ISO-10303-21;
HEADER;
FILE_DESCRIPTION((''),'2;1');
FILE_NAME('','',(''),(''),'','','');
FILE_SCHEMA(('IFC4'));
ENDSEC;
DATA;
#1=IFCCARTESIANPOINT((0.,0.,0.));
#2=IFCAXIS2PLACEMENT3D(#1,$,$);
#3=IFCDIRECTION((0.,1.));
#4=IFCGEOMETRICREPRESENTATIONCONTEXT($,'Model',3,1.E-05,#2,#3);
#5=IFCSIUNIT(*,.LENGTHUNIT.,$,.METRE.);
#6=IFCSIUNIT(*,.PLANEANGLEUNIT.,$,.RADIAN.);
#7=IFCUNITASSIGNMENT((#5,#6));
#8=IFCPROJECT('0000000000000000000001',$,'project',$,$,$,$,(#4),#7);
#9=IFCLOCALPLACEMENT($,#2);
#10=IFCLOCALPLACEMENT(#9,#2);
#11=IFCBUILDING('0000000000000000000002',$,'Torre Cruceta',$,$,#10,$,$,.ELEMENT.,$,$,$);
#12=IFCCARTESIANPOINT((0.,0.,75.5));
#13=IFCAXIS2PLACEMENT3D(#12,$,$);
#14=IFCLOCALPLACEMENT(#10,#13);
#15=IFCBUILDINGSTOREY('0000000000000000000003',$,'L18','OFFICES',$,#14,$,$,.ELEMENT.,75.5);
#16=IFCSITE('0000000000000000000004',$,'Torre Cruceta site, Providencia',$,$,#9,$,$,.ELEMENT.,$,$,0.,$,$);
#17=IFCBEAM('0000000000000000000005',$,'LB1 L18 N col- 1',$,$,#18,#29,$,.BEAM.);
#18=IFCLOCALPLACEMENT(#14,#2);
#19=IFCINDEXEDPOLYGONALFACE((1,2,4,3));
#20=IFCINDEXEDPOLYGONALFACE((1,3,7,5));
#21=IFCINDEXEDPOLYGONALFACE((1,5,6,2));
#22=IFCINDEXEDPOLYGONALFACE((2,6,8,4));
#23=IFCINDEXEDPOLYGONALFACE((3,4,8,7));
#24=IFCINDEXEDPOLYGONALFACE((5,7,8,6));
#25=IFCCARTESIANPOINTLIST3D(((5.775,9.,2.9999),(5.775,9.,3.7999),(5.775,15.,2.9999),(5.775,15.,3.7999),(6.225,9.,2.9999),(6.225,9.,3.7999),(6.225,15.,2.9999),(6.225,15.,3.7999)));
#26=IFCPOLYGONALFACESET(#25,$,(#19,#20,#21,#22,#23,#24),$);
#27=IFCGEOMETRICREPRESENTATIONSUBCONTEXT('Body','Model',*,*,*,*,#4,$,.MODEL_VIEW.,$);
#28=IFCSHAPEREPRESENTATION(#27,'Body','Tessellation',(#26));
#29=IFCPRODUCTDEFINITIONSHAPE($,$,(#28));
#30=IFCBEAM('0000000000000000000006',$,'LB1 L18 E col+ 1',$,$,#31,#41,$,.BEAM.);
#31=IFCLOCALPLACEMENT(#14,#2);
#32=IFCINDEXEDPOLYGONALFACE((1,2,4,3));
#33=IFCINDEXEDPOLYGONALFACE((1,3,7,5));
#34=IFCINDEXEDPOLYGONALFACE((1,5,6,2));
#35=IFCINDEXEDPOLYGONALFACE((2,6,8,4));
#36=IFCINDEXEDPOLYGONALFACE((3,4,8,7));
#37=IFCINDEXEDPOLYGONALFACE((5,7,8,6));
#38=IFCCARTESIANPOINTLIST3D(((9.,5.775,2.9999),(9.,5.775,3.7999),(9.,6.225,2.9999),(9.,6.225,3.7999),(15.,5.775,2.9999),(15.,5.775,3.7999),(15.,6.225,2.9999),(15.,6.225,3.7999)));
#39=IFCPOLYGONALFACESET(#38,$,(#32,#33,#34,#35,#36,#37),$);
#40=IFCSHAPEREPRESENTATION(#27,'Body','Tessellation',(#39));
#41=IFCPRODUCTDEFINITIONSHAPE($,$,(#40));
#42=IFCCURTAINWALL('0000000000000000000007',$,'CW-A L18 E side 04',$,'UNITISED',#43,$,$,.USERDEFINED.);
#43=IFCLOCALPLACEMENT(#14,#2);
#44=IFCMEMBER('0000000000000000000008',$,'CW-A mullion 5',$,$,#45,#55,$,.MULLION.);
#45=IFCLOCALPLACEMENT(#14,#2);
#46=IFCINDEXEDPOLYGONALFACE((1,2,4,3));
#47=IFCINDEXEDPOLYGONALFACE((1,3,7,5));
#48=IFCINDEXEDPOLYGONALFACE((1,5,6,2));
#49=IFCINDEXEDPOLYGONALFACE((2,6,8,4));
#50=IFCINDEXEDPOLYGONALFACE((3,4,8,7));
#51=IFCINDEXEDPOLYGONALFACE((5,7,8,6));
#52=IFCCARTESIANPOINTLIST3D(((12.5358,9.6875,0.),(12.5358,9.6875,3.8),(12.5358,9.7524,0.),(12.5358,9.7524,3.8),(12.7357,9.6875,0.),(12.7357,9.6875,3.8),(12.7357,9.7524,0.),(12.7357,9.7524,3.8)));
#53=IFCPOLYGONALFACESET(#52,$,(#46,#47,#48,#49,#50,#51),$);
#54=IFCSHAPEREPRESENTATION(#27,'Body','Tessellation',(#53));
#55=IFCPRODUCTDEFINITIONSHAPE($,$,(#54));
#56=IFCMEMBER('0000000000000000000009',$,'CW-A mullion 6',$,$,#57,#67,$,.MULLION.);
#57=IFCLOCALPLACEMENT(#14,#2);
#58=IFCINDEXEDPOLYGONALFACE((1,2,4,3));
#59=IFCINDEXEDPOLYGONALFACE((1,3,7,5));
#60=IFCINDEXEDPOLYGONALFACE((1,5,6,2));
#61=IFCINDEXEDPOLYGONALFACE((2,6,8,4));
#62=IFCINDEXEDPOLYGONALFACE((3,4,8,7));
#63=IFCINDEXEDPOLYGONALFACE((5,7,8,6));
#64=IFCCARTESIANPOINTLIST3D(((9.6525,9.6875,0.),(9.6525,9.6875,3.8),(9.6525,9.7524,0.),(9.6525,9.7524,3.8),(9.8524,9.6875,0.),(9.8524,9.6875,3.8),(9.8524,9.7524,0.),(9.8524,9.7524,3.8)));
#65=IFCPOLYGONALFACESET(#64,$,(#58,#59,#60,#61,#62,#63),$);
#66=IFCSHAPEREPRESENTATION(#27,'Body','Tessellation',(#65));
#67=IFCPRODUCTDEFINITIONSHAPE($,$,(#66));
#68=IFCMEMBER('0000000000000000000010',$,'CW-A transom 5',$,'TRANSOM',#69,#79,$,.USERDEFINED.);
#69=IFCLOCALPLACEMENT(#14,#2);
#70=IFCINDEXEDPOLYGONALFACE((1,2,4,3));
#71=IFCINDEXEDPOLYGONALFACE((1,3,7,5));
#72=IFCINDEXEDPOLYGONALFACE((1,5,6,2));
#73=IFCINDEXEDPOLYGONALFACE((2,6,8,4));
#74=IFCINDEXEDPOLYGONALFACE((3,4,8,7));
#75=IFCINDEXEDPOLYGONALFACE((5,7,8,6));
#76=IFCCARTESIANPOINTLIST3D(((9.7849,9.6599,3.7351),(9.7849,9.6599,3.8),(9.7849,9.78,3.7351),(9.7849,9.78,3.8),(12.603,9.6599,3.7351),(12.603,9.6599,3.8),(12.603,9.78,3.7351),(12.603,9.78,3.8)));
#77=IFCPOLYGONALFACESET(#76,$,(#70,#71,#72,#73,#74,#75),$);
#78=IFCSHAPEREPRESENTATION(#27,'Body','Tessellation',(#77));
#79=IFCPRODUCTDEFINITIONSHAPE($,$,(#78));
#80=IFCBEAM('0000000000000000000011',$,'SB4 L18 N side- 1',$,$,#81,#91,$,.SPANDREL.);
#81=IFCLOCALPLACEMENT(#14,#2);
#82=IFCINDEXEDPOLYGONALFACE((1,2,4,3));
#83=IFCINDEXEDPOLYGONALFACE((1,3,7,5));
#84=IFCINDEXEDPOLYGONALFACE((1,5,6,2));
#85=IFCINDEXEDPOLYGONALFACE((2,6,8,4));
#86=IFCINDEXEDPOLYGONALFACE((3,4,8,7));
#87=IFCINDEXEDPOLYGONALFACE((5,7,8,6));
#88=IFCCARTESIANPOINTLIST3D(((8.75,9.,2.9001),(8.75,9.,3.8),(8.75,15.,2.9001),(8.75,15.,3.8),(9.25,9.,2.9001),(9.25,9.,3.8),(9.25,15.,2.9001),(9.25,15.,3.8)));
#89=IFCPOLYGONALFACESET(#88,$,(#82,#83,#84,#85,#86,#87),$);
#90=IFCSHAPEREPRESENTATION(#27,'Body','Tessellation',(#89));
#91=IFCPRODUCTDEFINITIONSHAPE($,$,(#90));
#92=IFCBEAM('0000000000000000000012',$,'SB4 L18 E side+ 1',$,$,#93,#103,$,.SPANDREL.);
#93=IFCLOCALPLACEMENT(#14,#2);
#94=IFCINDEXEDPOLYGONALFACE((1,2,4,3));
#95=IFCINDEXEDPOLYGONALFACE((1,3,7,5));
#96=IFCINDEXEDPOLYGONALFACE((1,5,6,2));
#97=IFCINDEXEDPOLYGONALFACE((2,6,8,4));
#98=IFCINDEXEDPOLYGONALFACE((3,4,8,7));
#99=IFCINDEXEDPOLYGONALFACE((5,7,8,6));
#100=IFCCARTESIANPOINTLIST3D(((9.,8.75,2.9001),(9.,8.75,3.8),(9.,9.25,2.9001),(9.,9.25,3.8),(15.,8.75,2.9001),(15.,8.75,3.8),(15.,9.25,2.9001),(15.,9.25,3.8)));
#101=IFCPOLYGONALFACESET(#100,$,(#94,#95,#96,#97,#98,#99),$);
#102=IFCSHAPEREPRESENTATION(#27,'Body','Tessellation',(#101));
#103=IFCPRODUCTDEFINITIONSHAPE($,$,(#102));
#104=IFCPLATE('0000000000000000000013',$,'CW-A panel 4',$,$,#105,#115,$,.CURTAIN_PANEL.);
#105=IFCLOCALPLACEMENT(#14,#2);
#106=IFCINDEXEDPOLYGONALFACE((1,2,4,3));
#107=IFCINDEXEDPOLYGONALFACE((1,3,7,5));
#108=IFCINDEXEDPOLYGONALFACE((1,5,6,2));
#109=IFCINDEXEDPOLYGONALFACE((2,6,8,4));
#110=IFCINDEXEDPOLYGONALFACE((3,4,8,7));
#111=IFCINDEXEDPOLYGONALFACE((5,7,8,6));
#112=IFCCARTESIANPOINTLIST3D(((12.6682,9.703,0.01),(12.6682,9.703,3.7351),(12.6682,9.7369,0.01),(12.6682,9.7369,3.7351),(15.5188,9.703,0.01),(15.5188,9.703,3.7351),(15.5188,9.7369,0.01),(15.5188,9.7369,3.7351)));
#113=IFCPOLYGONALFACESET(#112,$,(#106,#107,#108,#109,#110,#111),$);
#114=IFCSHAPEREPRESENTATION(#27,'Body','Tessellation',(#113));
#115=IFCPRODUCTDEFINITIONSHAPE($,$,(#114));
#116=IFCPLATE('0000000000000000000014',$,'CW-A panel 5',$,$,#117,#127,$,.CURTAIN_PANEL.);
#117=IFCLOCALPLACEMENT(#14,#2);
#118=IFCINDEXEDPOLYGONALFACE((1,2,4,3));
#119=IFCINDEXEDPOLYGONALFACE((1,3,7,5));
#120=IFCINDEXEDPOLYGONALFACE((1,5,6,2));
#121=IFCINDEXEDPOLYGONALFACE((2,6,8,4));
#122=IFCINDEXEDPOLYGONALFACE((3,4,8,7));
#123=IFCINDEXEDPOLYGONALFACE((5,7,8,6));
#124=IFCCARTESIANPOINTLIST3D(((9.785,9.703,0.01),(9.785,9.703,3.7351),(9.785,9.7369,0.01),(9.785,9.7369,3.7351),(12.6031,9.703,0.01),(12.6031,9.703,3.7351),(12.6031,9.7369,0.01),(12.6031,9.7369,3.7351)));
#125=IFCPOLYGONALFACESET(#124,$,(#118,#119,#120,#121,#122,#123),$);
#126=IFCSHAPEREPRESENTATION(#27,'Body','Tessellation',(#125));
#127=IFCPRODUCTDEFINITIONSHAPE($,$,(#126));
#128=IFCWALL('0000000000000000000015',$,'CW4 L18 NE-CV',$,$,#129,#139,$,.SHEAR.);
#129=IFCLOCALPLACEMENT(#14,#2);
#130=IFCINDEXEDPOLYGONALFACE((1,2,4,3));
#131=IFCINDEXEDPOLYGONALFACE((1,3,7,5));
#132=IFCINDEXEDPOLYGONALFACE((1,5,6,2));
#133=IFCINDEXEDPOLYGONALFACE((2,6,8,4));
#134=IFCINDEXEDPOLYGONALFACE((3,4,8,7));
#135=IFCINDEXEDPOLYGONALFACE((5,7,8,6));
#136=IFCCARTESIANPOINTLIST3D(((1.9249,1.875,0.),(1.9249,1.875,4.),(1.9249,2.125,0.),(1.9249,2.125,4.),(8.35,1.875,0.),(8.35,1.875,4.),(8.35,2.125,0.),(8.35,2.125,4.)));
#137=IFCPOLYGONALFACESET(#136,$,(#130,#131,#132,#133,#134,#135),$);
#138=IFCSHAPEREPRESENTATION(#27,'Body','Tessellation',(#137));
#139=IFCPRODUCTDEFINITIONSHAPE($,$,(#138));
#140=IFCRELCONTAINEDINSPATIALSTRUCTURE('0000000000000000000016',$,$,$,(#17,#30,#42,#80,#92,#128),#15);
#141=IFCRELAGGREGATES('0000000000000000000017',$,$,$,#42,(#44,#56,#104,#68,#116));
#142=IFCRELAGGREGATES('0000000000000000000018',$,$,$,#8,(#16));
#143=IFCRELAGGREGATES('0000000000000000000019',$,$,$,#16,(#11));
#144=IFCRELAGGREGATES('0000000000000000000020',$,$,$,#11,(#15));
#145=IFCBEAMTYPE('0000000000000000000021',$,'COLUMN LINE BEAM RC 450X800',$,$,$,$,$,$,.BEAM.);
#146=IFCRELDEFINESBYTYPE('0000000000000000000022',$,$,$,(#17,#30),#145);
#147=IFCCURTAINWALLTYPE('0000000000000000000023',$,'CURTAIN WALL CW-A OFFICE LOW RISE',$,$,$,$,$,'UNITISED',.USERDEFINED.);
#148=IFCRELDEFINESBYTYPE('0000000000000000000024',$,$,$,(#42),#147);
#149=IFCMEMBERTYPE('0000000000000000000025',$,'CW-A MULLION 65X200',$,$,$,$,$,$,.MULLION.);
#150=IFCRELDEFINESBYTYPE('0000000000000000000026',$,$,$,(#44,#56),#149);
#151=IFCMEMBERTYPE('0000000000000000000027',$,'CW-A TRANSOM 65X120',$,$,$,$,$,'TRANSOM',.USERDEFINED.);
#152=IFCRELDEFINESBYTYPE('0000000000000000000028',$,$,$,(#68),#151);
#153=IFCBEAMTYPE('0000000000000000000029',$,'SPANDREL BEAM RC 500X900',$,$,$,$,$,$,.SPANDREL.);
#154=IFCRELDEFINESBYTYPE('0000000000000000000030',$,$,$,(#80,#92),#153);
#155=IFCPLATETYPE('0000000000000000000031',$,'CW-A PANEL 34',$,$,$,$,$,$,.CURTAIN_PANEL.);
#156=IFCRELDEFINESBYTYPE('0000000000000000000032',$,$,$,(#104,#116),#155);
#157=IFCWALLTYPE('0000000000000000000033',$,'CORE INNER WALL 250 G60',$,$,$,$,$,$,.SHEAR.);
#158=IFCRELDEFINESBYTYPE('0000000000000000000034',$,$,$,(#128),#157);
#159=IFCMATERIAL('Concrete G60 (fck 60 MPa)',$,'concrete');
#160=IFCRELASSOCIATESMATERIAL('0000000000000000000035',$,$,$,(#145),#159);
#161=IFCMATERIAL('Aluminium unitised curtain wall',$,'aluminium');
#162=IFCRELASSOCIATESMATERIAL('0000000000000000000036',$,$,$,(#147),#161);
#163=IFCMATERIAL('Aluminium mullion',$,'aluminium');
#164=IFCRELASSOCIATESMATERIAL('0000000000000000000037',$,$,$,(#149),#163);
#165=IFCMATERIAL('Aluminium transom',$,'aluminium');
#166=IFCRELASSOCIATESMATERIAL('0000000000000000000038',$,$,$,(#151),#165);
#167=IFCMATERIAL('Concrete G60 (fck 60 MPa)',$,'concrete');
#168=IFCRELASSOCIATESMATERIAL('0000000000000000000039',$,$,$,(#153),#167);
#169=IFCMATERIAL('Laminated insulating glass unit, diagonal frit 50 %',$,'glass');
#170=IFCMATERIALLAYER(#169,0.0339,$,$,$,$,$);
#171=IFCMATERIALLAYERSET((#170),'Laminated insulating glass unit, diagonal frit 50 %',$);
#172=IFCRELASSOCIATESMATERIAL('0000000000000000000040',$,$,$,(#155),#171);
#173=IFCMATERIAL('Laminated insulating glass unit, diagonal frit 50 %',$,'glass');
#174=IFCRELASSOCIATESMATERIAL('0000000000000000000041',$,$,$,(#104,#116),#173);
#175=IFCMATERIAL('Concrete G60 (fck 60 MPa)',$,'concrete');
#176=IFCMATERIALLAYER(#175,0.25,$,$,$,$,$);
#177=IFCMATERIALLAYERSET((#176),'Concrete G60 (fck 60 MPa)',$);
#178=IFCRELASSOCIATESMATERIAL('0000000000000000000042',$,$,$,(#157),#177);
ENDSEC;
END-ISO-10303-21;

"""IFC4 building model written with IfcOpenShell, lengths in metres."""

from ifc_helpers import new_model, si_unit, direction, frame, frame_2d, origin, origin_2d, place, context, subcontext, project, spatial, rectangle, extrude, material, layer, layer_set, material_profile, profile_set, type_object, element, aggregate, save


model = new_model("IFC4")

# Units and contexts
model_context = context("Model", 3, precision=1e-05, world=origin(), true_north=direction((0.0, 1.0)))
body_context = subcontext(model_context, "Body", "Model", "MODEL_VIEW")
ifc_project = project(units=[si_unit("LENGTHUNIT", "METRE"), si_unit("PLANEANGLEUNIT", "RADIAN")], contexts=[model_context])

# Site, building, storey
site_placement = place(None, origin())
site = spatial("IfcSite", under=ifc_project, at=site_placement, Name="Torre Cruceta site, Providencia", CompositionType="ELEMENT", RefElevation=0.0)
building_placement = place(site_placement, origin())
building = spatial("IfcBuilding", under=site, at=building_placement, Name="Torre Cruceta", CompositionType="ELEMENT")
storey_placement = place(building_placement, frame((0.0, 0.0, 75.5)))
storey = spatial("IfcBuildingStorey", under=building, at=storey_placement, Name="L18", Description="OFFICES", CompositionType="ELEMENT", Elevation=75.5)

# Beams
ifc_material_1 = material(Name="Concrete G60 (fck 60 MPa)", Category="concrete")
ifc_material_profile_1 = material_profile(ifc_material_1, rectangle(XDim=0.45, YDim=0.8, at=origin_2d()), Name="RC 450X800")
ifc_profile_set_1 = profile_set([ifc_material_profile_1], Name="Concrete G60 (fck 60 MPa)")
beam_type_1 = type_object("IfcBeamType", Name="COLUMN LINE BEAM RC 450X800", PredefinedType="BEAM", material=ifc_profile_set_1)
for number, where, z_axis, x_axis, name in (
    (1, (6.0, 9.0, 3.3999), (0.0, 1.0, 0.0), (-1.0, 0.0, 0.0), "LB1 L18 N col- 1"),
    (2, (9.0, 6.0, 3.3999), (1.0, 0.0, 0.0), (0.0, 1.0, 0.0), "LB1 L18 E col+ 1"),
):
    element("IfcBeam", number, at=place(storey_placement, frame(where, z_axis=z_axis, x_axis=x_axis)), inside=storey, type_object=beam_type_1, Name=name, PredefinedType="BEAM", context=body_context, shape_type="SweptSolid", body=[
        extrude(rectangle(XDim=0.45, YDim=0.8, at=origin_2d()), origin(), (0.0, 0.0, 1.0), 6.0),
    ])

# Curtain wall, members
ifc_material_2 = material(Name="Aluminium unitised curtain wall", Category="aluminium")
curtain_wall_type = type_object("IfcCurtainWallType", Name="CURTAIN WALL CW-A OFFICE LOW RISE", ElementType="UNITISED", PredefinedType="USERDEFINED", material=ifc_material_2)
curtain_wall_placement = place(storey_placement, origin())
curtain_wall = element("IfcCurtainWall", 3, at=curtain_wall_placement, inside=storey, type_object=curtain_wall_type, Name="CW-A L18 E side 04", ObjectType="UNITISED", PredefinedType="USERDEFINED")
ifc_material_3 = material(Name="Aluminium mullion", Category="aluminium")
ifc_material_profile_2 = material_profile(ifc_material_3, rectangle(XDim=0.0649, YDim=0.2, at=origin_2d()), Name="AL 65X200")
ifc_profile_set_2 = profile_set([ifc_material_profile_2], Name="Aluminium mullion")
member_type_1 = type_object("IfcMemberType", Name="CW-A MULLION 65X200", PredefinedType="MULLION", material=ifc_profile_set_2)
member_1_placement = place(storey_placement, frame((12.6357, 9.72, 0.0), z_axis=(0.0, 0.0, 1.0), x_axis=(0.0, -1.0, 0.0)))
member_1 = element("IfcMember", 4, at=member_1_placement, type_object=member_type_1, Name="CW-A mullion 5", PredefinedType="MULLION", context=body_context, shape_type="SweptSolid", body=[
    extrude(rectangle(XDim=0.0649, YDim=0.2, at=origin_2d()), origin(), (0.0, 0.0, 1.0), 3.8),
])
member_2_placement = place(storey_placement, frame((9.7524, 9.72, 0.0), z_axis=(0.0, 0.0, 1.0), x_axis=(0.0, -1.0, 0.0)))
member_2 = element("IfcMember", 5, at=member_2_placement, type_object=member_type_1, Name="CW-A mullion 6", PredefinedType="MULLION", context=body_context, shape_type="SweptSolid", body=[
    extrude(rectangle(XDim=0.0649, YDim=0.2, at=origin_2d()), origin(), (0.0, 0.0, 1.0), 3.8),
])
ifc_material_4 = material(Name="Aluminium transom", Category="aluminium")
ifc_material_profile_3 = material_profile(ifc_material_4, rectangle(XDim=0.1201, YDim=0.0649, at=origin_2d()), Name="AL 120X65")
ifc_profile_set_3 = profile_set([ifc_material_profile_3], Name="Aluminium transom")
member_type_2 = type_object("IfcMemberType", Name="CW-A TRANSOM 65X120", ElementType="TRANSOM", PredefinedType="USERDEFINED", material=ifc_profile_set_3)
member_3_placement = place(storey_placement, frame((12.603, 9.72, 3.7676), z_axis=(-1.0, 0.0, 0.0), x_axis=(0.0, -1.0, 0.0)))
member_3 = element("IfcMember", 6, at=member_3_placement, type_object=member_type_2, Name="CW-A transom 5", ObjectType="TRANSOM", PredefinedType="USERDEFINED", context=body_context, shape_type="SweptSolid", body=[
    extrude(rectangle(XDim=0.1201, YDim=0.0649, at=origin_2d()), origin(), (0.0, 0.0, 1.0), 2.8181),
])

# Beams
ifc_material_5 = material(Name="Concrete G60 (fck 60 MPa)", Category="concrete")
ifc_material_profile_4 = material_profile(ifc_material_5, rectangle(XDim=0.5, YDim=0.8999, at=origin_2d()), Name="RC 500X900")
ifc_profile_set_4 = profile_set([ifc_material_profile_4], Name="Concrete G60 (fck 60 MPa)")
beam_type_2 = type_object("IfcBeamType", Name="SPANDREL BEAM RC 500X900", PredefinedType="SPANDREL", material=ifc_profile_set_4)
for number, where, z_axis, x_axis, name in (
    (7, (9.0, 9.0, 3.3501), (0.0, 1.0, 0.0), (-1.0, 0.0, 0.0), "SB4 L18 N side- 1"),
    (8, (9.0, 9.0, 3.3501), (1.0, 0.0, 0.0), (0.0, 1.0, 0.0), "SB4 L18 E side+ 1"),
):
    element("IfcBeam", number, at=place(storey_placement, frame(where, z_axis=z_axis, x_axis=x_axis)), inside=storey, type_object=beam_type_2, Name=name, PredefinedType="SPANDREL", context=body_context, shape_type="SweptSolid", body=[
        extrude(rectangle(XDim=0.5, YDim=0.8999, at=origin_2d()), origin(), (0.0, 0.0, 1.0), 6.0),
    ])

# Plates
ifc_material_6 = material(Name="Laminated insulating glass unit, diagonal frit 50 %", Category="glass")
ifc_material_7 = material(Name="Laminated insulating glass unit, diagonal frit 50 %", Category="glass")
ifc_layer_1 = layer(ifc_material_7, 0.0339)
ifc_layer_set_1 = layer_set([ifc_layer_1], Name="Laminated insulating glass unit, diagonal frit 50 %")
plate_type = type_object("IfcPlateType", Name="CW-A PANEL 34", PredefinedType="CURTAIN_PANEL", material=ifc_layer_set_1)
plate_1_placement = place(storey_placement, frame((14.0935, 9.72, 0.01), z_axis=(0.0, 0.0, 1.0), x_axis=(-1.0, 0.0, 0.0)))
plate_1 = element("IfcPlate", 9, at=plate_1_placement, type_object=plate_type, material=ifc_material_6, Name="CW-A panel 4", PredefinedType="CURTAIN_PANEL", context=body_context, shape_type="SweptSolid", body=[
    extrude(rectangle(XDim=2.8506, YDim=0.0339, at=origin_2d()), origin(), (0.0, 0.0, 1.0), 3.7251),
])
plate_2_placement = place(storey_placement, frame((11.1941, 9.72, 0.01), z_axis=(0.0, 0.0, 1.0), x_axis=(-1.0, 0.0, 0.0)))
plate_2 = element("IfcPlate", 10, at=plate_2_placement, type_object=plate_type, material=ifc_material_6, Name="CW-A panel 5", PredefinedType="CURTAIN_PANEL", context=body_context, shape_type="SweptSolid", body=[
    extrude(rectangle(XDim=2.8181, YDim=0.0339, at=origin_2d()), origin(), (0.0, 0.0, 1.0), 3.7251),
])
aggregate(curtain_wall, [member_1, member_2, plate_1, member_3, plate_2])

# Shared definitions
ifc_material_8 = material(Name="Concrete G60 (fck 60 MPa)", Category="concrete")
ifc_layer_2 = layer(ifc_material_8, 0.25)
ifc_layer_set_2 = layer_set([ifc_layer_2], Name="Concrete G60 (fck 60 MPa)")
wall_type_1 = type_object("IfcWallType", Name="CORE INNER WALL 250 G60", PredefinedType="SHEAR", material=ifc_layer_set_2)

# Wall
wall_1_placement = place(storey_placement, frame((1.925, 2.0, 0.0), z_axis=(0.0, 0.0, 1.0), x_axis=(1.0, 0.0, 0.0)))
element("IfcWall", 11, at=wall_1_placement, inside=storey, type_object=wall_type_1, Name="CW4 L18 NE-CV", PredefinedType="SHEAR", context=body_context, shape_type="SweptSolid", body=[
    extrude(rectangle(XDim=6.425, YDim=0.25, at=frame_2d((3.2124, 0.0))), origin(), (0.0, 0.0, 1.0), 4.0),
])

save(model, "model.ifc")
